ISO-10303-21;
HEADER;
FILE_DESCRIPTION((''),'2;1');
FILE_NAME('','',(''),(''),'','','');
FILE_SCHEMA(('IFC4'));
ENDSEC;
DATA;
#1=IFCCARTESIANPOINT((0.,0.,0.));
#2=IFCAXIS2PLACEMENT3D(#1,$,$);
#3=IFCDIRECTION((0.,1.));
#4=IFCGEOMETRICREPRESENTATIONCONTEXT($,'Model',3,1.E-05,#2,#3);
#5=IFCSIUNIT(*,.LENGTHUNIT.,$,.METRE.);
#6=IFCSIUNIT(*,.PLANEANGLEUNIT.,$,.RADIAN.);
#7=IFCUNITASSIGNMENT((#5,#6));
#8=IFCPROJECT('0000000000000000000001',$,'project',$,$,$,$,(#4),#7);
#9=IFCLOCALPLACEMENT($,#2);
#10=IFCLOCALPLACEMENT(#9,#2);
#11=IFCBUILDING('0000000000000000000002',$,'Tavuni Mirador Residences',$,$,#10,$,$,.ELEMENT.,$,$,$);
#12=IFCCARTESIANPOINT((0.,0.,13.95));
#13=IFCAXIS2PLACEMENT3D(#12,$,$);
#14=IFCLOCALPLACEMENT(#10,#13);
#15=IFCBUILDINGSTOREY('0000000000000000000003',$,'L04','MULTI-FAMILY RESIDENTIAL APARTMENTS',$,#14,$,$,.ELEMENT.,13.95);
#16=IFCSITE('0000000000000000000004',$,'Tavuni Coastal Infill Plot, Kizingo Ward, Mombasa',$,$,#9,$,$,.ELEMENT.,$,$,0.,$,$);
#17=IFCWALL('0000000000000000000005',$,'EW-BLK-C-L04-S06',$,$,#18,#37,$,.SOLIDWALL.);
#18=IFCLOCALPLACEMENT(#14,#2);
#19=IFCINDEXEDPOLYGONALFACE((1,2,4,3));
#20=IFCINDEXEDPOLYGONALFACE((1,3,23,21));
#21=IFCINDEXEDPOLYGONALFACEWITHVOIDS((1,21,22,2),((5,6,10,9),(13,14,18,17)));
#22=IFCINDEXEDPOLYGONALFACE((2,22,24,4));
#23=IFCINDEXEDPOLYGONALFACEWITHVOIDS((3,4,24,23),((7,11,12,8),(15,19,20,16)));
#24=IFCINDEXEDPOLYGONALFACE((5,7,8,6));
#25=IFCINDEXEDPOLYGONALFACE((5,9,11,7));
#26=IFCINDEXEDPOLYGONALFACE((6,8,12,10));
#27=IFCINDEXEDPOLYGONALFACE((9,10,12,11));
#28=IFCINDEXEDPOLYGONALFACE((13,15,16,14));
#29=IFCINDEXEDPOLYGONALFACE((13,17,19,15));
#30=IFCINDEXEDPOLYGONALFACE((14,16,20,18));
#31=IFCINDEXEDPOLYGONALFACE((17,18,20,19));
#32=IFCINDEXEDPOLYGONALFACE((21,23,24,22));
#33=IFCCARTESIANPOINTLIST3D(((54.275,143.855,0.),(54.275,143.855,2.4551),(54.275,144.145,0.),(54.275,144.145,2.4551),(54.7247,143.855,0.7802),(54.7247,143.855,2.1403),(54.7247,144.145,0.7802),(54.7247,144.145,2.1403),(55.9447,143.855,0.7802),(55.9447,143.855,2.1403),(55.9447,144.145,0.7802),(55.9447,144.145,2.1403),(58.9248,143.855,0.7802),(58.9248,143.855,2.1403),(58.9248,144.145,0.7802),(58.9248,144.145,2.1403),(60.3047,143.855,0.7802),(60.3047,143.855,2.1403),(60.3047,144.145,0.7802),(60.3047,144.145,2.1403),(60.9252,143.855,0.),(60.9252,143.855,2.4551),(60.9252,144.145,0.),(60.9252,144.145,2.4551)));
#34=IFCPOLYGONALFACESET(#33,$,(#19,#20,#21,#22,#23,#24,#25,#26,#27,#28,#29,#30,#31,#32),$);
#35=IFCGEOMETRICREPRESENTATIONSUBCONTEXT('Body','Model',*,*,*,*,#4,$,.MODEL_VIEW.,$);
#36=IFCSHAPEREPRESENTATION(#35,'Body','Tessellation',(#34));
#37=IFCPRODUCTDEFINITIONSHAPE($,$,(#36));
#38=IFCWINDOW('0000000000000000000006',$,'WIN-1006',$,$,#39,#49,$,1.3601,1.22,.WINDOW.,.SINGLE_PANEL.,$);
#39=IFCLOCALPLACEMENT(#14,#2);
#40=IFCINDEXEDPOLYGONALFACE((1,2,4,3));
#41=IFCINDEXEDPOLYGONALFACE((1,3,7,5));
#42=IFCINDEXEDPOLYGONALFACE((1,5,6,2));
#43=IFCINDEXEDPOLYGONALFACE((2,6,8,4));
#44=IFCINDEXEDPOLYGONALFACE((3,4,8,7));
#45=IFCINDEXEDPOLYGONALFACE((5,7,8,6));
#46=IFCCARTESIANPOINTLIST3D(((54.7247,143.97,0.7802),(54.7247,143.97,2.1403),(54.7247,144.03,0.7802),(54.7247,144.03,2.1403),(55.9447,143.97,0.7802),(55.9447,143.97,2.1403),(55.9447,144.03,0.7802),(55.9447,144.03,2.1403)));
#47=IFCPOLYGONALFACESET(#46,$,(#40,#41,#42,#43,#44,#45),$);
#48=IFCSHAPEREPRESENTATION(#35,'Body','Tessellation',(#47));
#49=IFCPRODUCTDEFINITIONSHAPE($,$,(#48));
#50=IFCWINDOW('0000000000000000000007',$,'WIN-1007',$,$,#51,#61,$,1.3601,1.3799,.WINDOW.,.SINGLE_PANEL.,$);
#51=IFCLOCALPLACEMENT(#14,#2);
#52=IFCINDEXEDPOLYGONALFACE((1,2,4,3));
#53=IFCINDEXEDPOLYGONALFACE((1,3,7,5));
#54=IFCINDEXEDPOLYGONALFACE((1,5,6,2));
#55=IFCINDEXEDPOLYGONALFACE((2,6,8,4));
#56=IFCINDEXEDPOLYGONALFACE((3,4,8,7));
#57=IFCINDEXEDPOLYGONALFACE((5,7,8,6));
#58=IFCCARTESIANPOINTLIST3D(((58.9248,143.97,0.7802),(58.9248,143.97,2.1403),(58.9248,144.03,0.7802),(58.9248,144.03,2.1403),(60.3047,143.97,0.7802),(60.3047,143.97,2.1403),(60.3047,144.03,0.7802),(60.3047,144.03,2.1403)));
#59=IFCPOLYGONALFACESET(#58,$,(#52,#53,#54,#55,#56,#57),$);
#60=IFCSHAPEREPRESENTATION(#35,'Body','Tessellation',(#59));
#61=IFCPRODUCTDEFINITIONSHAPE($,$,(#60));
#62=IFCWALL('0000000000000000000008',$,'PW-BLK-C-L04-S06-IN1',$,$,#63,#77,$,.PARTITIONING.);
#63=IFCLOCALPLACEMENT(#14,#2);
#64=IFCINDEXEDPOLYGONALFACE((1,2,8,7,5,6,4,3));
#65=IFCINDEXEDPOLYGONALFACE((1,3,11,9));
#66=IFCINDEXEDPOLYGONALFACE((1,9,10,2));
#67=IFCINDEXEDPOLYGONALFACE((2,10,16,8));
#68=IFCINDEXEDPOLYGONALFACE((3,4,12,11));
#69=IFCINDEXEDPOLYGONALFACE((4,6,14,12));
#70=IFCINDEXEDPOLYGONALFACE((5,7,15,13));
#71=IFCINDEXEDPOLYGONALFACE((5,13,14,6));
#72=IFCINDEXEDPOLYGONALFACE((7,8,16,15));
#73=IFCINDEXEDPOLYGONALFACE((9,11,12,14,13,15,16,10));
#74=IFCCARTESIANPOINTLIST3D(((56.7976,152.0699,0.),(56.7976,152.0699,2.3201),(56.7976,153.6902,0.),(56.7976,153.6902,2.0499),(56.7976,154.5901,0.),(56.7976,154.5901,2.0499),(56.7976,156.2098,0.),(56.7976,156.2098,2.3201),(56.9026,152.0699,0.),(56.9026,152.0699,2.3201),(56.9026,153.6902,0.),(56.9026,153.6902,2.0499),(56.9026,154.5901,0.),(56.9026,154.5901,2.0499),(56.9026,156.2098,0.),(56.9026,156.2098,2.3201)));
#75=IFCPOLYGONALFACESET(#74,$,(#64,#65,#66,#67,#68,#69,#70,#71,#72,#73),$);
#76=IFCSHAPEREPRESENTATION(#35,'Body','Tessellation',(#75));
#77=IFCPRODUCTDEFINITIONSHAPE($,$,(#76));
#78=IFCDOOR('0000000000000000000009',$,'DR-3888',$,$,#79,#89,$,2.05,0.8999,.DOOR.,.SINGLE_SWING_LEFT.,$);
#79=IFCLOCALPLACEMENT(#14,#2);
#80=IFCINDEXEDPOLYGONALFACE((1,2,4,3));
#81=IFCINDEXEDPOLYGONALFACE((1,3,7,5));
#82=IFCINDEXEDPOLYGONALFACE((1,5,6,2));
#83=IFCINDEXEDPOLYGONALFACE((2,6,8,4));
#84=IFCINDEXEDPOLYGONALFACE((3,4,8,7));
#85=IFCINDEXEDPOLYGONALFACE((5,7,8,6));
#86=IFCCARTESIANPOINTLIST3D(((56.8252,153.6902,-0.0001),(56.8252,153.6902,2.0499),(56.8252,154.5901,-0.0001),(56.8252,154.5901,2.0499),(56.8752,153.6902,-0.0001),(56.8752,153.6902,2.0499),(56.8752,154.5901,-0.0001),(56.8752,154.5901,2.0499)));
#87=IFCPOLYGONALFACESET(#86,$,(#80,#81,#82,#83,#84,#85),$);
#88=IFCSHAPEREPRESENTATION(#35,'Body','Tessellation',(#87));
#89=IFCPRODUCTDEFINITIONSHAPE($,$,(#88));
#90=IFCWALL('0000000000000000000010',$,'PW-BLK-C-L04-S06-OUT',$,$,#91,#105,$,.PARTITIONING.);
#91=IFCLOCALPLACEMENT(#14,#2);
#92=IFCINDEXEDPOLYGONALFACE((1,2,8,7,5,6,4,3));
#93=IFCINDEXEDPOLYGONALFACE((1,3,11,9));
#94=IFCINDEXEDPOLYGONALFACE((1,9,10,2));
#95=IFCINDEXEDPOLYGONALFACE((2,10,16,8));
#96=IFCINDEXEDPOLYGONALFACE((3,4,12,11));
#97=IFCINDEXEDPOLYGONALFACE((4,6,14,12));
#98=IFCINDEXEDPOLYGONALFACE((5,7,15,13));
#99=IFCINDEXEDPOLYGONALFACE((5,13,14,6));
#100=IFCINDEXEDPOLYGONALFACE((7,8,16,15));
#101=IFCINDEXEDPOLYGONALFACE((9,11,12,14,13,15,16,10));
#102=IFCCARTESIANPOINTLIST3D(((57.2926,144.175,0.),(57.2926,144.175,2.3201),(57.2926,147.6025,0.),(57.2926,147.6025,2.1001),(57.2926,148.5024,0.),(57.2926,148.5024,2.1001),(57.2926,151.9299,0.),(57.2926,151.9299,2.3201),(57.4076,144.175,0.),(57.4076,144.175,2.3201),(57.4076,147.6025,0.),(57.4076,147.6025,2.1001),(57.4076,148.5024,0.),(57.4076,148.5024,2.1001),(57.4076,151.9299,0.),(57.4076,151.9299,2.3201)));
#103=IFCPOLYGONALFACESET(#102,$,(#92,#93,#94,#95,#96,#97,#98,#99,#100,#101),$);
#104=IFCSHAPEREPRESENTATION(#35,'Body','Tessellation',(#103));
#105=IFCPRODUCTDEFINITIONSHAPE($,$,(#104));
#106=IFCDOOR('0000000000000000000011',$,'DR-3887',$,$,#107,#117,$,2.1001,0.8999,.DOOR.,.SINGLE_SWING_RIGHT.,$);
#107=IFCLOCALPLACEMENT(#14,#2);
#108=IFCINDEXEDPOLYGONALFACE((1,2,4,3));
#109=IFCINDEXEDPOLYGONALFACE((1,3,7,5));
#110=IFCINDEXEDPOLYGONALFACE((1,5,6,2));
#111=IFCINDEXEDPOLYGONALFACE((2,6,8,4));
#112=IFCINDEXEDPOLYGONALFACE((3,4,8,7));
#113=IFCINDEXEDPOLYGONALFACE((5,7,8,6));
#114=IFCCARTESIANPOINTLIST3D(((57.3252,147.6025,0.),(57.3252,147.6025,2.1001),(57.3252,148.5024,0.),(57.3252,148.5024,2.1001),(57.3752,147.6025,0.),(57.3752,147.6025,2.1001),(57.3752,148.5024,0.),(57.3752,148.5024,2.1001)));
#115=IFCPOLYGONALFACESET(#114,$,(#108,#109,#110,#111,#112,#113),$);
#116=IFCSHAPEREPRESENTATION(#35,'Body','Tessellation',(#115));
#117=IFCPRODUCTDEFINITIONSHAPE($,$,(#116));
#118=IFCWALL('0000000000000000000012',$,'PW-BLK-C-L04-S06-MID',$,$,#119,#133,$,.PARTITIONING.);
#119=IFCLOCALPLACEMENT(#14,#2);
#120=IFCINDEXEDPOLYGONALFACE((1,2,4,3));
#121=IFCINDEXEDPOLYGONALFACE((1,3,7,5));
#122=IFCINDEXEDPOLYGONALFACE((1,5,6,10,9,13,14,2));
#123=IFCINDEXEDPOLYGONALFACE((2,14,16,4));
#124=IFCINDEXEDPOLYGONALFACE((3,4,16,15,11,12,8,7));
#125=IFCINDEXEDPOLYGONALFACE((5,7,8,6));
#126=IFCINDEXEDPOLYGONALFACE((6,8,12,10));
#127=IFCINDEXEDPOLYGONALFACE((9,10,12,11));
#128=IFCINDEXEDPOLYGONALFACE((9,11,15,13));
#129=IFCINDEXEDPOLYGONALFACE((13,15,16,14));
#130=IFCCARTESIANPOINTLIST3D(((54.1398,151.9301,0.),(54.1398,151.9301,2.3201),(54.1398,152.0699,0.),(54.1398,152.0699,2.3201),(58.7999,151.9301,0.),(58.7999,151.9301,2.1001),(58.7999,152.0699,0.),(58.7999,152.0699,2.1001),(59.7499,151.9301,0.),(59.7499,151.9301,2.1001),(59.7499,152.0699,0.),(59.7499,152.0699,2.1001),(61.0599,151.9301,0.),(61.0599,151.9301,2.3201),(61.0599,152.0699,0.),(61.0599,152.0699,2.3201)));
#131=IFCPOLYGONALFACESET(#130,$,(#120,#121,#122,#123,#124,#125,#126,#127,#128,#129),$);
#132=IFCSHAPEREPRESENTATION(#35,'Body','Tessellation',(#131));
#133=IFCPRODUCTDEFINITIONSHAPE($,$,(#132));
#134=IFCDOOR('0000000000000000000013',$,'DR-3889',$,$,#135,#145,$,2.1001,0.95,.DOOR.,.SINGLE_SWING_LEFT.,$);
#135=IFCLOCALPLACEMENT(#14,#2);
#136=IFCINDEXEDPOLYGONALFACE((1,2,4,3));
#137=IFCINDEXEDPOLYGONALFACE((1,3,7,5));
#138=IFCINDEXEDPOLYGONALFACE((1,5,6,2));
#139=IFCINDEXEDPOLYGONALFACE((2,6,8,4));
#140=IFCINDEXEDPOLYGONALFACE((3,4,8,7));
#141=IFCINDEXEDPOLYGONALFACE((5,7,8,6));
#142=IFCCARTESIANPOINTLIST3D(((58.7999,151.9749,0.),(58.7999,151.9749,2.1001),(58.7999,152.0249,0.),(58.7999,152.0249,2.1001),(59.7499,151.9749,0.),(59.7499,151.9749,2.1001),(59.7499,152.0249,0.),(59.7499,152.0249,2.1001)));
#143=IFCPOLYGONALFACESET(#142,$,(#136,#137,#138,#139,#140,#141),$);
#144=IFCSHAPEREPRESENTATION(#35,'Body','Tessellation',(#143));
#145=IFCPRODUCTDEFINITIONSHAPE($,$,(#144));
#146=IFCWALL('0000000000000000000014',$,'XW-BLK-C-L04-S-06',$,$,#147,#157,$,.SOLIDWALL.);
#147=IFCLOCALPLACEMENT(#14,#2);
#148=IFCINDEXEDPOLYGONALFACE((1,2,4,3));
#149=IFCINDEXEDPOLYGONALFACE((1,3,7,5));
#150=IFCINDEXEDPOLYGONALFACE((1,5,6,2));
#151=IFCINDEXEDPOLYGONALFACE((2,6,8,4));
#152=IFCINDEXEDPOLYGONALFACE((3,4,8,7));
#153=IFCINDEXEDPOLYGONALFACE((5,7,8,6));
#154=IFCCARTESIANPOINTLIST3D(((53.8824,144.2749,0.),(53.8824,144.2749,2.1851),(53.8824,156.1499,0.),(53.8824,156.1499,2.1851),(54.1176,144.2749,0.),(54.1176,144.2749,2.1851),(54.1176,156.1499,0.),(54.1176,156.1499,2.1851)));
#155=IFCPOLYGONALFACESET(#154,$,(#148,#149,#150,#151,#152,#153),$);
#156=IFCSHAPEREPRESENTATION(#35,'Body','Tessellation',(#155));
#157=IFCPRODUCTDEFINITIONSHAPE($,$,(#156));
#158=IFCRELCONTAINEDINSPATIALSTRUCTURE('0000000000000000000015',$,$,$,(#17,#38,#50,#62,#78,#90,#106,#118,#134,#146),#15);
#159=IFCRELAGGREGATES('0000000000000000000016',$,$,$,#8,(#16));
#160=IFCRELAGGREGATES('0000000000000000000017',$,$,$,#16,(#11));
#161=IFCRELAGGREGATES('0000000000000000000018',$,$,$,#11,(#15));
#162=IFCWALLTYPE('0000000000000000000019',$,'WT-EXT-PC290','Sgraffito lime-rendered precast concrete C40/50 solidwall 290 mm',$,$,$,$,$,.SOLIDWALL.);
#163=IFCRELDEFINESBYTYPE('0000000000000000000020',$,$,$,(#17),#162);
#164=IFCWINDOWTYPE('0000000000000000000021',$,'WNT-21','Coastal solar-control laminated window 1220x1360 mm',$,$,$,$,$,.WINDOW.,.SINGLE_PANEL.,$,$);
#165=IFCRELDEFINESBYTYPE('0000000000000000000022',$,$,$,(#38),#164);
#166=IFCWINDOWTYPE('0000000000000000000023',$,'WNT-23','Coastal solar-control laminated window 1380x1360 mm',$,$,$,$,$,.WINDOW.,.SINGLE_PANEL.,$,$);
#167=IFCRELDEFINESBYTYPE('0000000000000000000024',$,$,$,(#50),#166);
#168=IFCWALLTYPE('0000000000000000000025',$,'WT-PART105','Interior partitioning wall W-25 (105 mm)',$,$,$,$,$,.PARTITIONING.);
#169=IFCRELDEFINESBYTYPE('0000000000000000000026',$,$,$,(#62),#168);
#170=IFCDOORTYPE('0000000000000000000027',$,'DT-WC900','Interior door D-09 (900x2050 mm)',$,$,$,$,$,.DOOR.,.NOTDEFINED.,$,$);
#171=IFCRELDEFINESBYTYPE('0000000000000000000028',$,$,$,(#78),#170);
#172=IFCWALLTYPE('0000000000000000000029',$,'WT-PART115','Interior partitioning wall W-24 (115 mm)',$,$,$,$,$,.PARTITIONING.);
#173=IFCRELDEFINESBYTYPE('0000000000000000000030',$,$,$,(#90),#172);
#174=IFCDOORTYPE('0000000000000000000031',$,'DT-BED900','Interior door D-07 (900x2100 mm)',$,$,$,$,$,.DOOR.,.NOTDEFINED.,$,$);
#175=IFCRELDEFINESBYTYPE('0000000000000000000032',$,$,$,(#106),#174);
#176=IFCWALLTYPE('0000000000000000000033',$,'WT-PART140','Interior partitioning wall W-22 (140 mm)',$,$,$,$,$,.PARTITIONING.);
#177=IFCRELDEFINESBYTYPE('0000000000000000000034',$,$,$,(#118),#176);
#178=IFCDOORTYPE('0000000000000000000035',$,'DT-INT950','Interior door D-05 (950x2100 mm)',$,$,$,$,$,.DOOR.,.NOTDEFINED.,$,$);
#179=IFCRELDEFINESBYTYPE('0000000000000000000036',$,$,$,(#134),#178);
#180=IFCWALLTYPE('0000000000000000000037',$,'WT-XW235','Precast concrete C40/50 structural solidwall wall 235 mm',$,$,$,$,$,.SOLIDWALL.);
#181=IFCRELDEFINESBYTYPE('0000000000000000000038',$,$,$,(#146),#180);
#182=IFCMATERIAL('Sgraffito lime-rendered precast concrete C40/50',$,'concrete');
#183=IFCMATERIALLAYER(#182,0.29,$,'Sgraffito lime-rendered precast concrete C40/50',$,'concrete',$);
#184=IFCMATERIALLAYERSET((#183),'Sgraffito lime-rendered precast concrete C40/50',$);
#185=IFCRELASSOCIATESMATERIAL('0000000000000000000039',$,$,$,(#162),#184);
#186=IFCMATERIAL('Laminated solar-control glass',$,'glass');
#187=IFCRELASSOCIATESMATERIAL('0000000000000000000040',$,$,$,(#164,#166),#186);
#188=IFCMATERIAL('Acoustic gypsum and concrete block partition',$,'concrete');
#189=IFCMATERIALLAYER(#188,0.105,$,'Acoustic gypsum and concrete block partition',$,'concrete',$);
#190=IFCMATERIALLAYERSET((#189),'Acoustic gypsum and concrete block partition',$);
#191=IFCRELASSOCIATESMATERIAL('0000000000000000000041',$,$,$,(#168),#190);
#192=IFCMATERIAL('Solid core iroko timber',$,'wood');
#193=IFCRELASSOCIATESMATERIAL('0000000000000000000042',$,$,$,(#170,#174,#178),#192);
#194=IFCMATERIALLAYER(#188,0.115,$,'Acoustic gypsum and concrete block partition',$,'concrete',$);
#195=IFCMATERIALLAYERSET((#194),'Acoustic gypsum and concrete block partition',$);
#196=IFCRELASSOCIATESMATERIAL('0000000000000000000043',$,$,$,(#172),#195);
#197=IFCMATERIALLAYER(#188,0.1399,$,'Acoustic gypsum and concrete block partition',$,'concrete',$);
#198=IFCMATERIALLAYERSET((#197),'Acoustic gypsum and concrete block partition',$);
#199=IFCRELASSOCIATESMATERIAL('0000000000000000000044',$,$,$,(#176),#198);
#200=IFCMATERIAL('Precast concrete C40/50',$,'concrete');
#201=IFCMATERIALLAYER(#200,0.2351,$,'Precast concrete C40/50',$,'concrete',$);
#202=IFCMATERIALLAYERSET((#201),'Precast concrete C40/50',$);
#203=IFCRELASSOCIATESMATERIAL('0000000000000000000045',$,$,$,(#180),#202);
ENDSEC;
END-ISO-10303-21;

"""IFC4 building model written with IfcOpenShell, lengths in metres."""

from ifc_helpers import new_model, si_unit, direction, frame, frame_2d, origin, place, context, subcontext, project, spatial, rectangle, extrude, material, layer, layer_set, type_object, element, fill, save


model = new_model("IFC4")

# Units and contexts
model_context = context("Model", 3, precision=1e-05, world=origin(), true_north=direction((0.0, 1.0)))
body_context = subcontext(model_context, "Body", "Model", "MODEL_VIEW")
ifc_project = project(units=[si_unit("LENGTHUNIT", "METRE"), si_unit("PLANEANGLEUNIT", "RADIAN")], contexts=[model_context])

# Site, building, storey
site_placement = place(None, origin())
site = spatial("IfcSite", under=ifc_project, at=site_placement, Name="Tavuni Coastal Infill Plot, Kizingo Ward, Mombasa", CompositionType="ELEMENT", RefElevation=0.0)
building_placement = place(site_placement, origin())
building = spatial("IfcBuilding", under=site, at=building_placement, Name="Tavuni Mirador Residences", CompositionType="ELEMENT")
storey_placement = place(building_placement, frame((0.0, 0.0, 13.95)))
storey = spatial("IfcBuildingStorey", under=building, at=storey_placement, Name="L04", Description="MULTI-FAMILY RESIDENTIAL APARTMENTS", CompositionType="ELEMENT", Elevation=13.95)

# Shared definitions
ifc_material_1 = material(Name="Precast concrete C40/50", Category="concrete")

# Shared definitions
ifc_material_2 = material(Name="Solid core iroko timber", Category="wood")

# Wall, openings, windows
ifc_material_3 = material(Name="Sgraffito lime-rendered precast concrete C40/50", Category="concrete")
ifc_layer_1 = layer(ifc_material_3, 0.29, Name="Sgraffito lime-rendered precast concrete C40/50", Category="concrete")
ifc_layer_set_1 = layer_set([ifc_layer_1], Name="Sgraffito lime-rendered precast concrete C40/50")
wall_type_1 = type_object("IfcWallType", Name="WT-EXT-PC290", Description="Sgraffito lime-rendered precast concrete C40/50 solidwall 290 mm", PredefinedType="SOLIDWALL", material=ifc_layer_set_1)
wall_1_placement = place(storey_placement, frame((54.2749, 144.0, 0.0), z_axis=(0.0, 0.0, 1.0), x_axis=(1.0, 0.0, 0.0)))
wall_1 = element("IfcWall", 1, at=wall_1_placement, inside=storey, type_object=wall_type_1, Name="EW-BLK-C-L04-S06", PredefinedType="SOLIDWALL", context=body_context, shape_type="SweptSolid", body=[
    extrude(rectangle(XDim=6.6501, YDim=0.29, at=frame_2d((3.3252, 0.0))), origin(), (0.0, 0.0, 1.0), 2.4551),
])
opening_1_placement = place(wall_1_placement, frame((0.45, 0.0, 0.78)))
opening_1 = element("IfcOpeningElement", 2, at=opening_1_placement, cuts=wall_1, PredefinedType="OPENING", context=body_context, shape_type="SweptSolid", body=[
    extrude(rectangle(XDim=1.22, YDim=1.3601, at=frame_2d((0.6099, 0.6802))), frame((0.0, 0.155, 0.0), z_axis=(0.0, -1.0, 0.0), x_axis=(1.0, 0.0, 0.0)), (0.0, 0.0, 1.0), 0.3101),
])
opening_2_placement = place(wall_1_placement, frame((4.6499, 0.0, 0.78)))
opening_2 = element("IfcOpeningElement", 3, at=opening_2_placement, cuts=wall_1, PredefinedType="OPENING", context=body_context, shape_type="SweptSolid", body=[
    extrude(rectangle(XDim=1.3799, YDim=1.3601, at=frame_2d((0.6899, 0.6802))), frame((0.0, 0.155, 0.0), z_axis=(0.0, -1.0, 0.0), x_axis=(1.0, 0.0, 0.0)), (0.0, 0.0, 1.0), 0.3101),
])
ifc_material_4 = material(Name="Laminated solar-control glass", Category="glass")
window_type_1 = type_object("IfcWindowType", Name="WNT-21", Description="Coastal solar-control laminated window 1220x1360 mm", PartitioningType="SINGLE_PANEL", PredefinedType="WINDOW", material=ifc_material_4)
window_1_placement = place(opening_1_placement, origin())
window_1 = element("IfcWindow", 4, at=window_1_placement, inside=storey, type_object=window_type_1, Name="WIN-1006", OverallHeight=1.3601, OverallWidth=1.22, PartitioningType="SINGLE_PANEL", PredefinedType="WINDOW", context=body_context, shape_type="SweptSolid", body=[
    extrude(rectangle(XDim=1.22, YDim=1.3601, at=frame_2d((0.6099, 0.6802))), frame((0.0, 0.03, 0.0), z_axis=(0.0, -1.0, 0.0), x_axis=(1.0, 0.0, 0.0)), (0.0, 0.0, 1.0), 0.0601),
])
fill(opening_1, window_1)
window_type_2 = type_object("IfcWindowType", Name="WNT-23", Description="Coastal solar-control laminated window 1380x1360 mm", PartitioningType="SINGLE_PANEL", PredefinedType="WINDOW", material=ifc_material_4)
window_2_placement = place(opening_2_placement, origin())
window_2 = element("IfcWindow", 5, at=window_2_placement, inside=storey, type_object=window_type_2, Name="WIN-1007", OverallHeight=1.3601, OverallWidth=1.3799, PartitioningType="SINGLE_PANEL", PredefinedType="WINDOW", context=body_context, shape_type="SweptSolid", body=[
    extrude(rectangle(XDim=1.3799, YDim=1.3601, at=frame_2d((0.6899, 0.6802))), frame((0.0, 0.03, 0.0), z_axis=(0.0, -1.0, 0.0), x_axis=(1.0, 0.0, 0.0)), (0.0, 0.0, 1.0), 0.0601),
])
fill(opening_2, window_2)

# Walls, openings, doors
ifc_material_5 = material(Name="Acoustic gypsum and concrete block partition", Category="concrete")
ifc_layer_2 = layer(ifc_material_5, 0.105, Name="Acoustic gypsum and concrete block partition", Category="concrete")
ifc_layer_set_2 = layer_set([ifc_layer_2], Name="Acoustic gypsum and concrete block partition")
wall_type_2 = type_object("IfcWallType", Name="WT-PART105", Description="Interior partitioning wall W-25 (105 mm)", PredefinedType="PARTITIONING", material=ifc_layer_set_2)
wall_2_placement = place(storey_placement, frame((56.8501, 152.0701, 0.0), z_axis=(0.0, 0.0, 1.0), x_axis=(0.0, 1.0, 0.0)))
wall_2 = element("IfcWall", 6, at=wall_2_placement, inside=storey, type_object=wall_type_2, Name="PW-BLK-C-L04-S06-IN1", PredefinedType="PARTITIONING", context=body_context, shape_type="SweptSolid", body=[
    extrude(rectangle(XDim=4.1399, YDim=0.105, at=frame_2d((2.0698, 0.0))), origin(), (0.0, 0.0, 1.0), 2.3201),
])
opening_3_placement = place(wall_2_placement, frame((1.6201, 0.0, 0.0)))
opening_3 = element("IfcOpeningElement", 7, at=opening_3_placement, cuts=wall_2, PredefinedType="OPENING", context=body_context, shape_type="SweptSolid", body=[
    extrude(rectangle(XDim=0.8999, YDim=2.05, at=frame_2d((0.45, 1.0249))), frame((0.0, 0.0625, 0.0), z_axis=(0.0, -1.0, 0.0), x_axis=(1.0, 0.0, 0.0)), (0.0, 0.0, 1.0), 0.125),
])
door_type_1 = type_object("IfcDoorType", Name="DT-WC900", Description="Interior door D-09 (900x2050 mm)", OperationType="NOTDEFINED", PredefinedType="DOOR", material=ifc_material_2)
door_1_placement = place(opening_3_placement, origin())
door_1 = element("IfcDoor", 8, at=door_1_placement, inside=storey, type_object=door_type_1, Name="DR-3888", OperationType="SINGLE_SWING_LEFT", OverallHeight=2.05, OverallWidth=0.8999, PredefinedType="DOOR", context=body_context, shape_type="SweptSolid", body=[
    extrude(rectangle(XDim=0.8999, YDim=2.05, at=frame_2d((0.45, 1.0249))), frame((0.0, 0.0249, 0.0), z_axis=(0.0, -1.0, 0.0), x_axis=(1.0, 0.0, 0.0)), (0.0, 0.0, 1.0), 0.05),
])
fill(opening_3, door_1)
ifc_layer_3 = layer(ifc_material_5, 0.115, Name="Acoustic gypsum and concrete block partition", Category="concrete")
ifc_layer_set_3 = layer_set([ifc_layer_3], Name="Acoustic gypsum and concrete block partition")
wall_type_3 = type_object("IfcWallType", Name="WT-PART115", Description="Interior partitioning wall W-24 (115 mm)", PredefinedType="PARTITIONING", material=ifc_layer_set_3)
wall_3_placement = place(storey_placement, frame((57.3501, 144.175, 0.0), z_axis=(0.0, 0.0, 1.0), x_axis=(0.0, 1.0, 0.0)))
wall_3 = element("IfcWall", 9, at=wall_3_placement, inside=storey, type_object=wall_type_3, Name="PW-BLK-C-L04-S06-OUT", PredefinedType="PARTITIONING", context=body_context, shape_type="SweptSolid", body=[
    extrude(rectangle(XDim=7.7549, YDim=0.115, at=frame_2d((3.8774, 0.0))), origin(), (0.0, 0.0, 1.0), 2.3201),
])
opening_4_placement = place(wall_3_placement, frame((3.4275, 0.0, 0.0)))
opening_4 = element("IfcOpeningElement", 10, at=opening_4_placement, cuts=wall_3, PredefinedType="OPENING", context=body_context, shape_type="SweptSolid", body=[
    extrude(rectangle(XDim=0.8999, YDim=2.1001, at=frame_2d((0.45, 1.05))), frame((0.0, 0.0674, 0.0), z_axis=(0.0, -1.0, 0.0), x_axis=(1.0, 0.0, 0.0)), (0.0, 0.0, 1.0), 0.135),
])
door_type_2 = type_object("IfcDoorType", Name="DT-BED900", Description="Interior door D-07 (900x2100 mm)", OperationType="NOTDEFINED", PredefinedType="DOOR", material=ifc_material_2)
door_2_placement = place(opening_4_placement, origin())
door_2 = element("IfcDoor", 11, at=door_2_placement, inside=storey, type_object=door_type_2, Name="DR-3887", OperationType="SINGLE_SWING_RIGHT", OverallHeight=2.1001, OverallWidth=0.8999, PredefinedType="DOOR", context=body_context, shape_type="SweptSolid", body=[
    extrude(rectangle(XDim=0.8999, YDim=2.1001, at=frame_2d((0.45, 1.05))), frame((0.0, 0.0249, 0.0), z_axis=(0.0, -1.0, 0.0), x_axis=(1.0, 0.0, 0.0)), (0.0, 0.0, 1.0), 0.05),
])
fill(opening_4, door_2)
ifc_layer_4 = layer(ifc_material_5, 0.1399, Name="Acoustic gypsum and concrete block partition", Category="concrete")
ifc_layer_set_4 = layer_set([ifc_layer_4], Name="Acoustic gypsum and concrete block partition")
wall_type_4 = type_object("IfcWallType", Name="WT-PART140", Description="Interior partitioning wall W-22 (140 mm)", PredefinedType="PARTITIONING", material=ifc_layer_set_4)
wall_4_placement = place(storey_placement, frame((54.1399, 152.0, 0.0), z_axis=(0.0, 0.0, 1.0), x_axis=(1.0, 0.0, 0.0)))
wall_4 = element("IfcWall", 12, at=wall_4_placement, inside=storey, type_object=wall_type_4, Name="PW-BLK-C-L04-S06-MID", PredefinedType="PARTITIONING", context=body_context, shape_type="SweptSolid", body=[
    extrude(rectangle(XDim=6.9202, YDim=0.1399, at=frame_2d((3.46, 0.0))), origin(), (0.0, 0.0, 1.0), 2.3201),
])
opening_5_placement = place(wall_4_placement, frame((4.6599, 0.0, 0.0)))
opening_5 = element("IfcOpeningElement", 13, at=opening_5_placement, cuts=wall_4, PredefinedType="OPENING", context=body_context, shape_type="SweptSolid", body=[
    extrude(rectangle(XDim=0.95, YDim=2.1001, at=frame_2d((0.4751, 1.05))), frame((0.0, 0.0801, 0.0), z_axis=(0.0, -1.0, 0.0), x_axis=(1.0, 0.0, 0.0)), (0.0, 0.0, 1.0), 0.1599),
])
door_type_3 = type_object("IfcDoorType", Name="DT-INT950", Description="Interior door D-05 (950x2100 mm)", OperationType="NOTDEFINED", PredefinedType="DOOR", material=ifc_material_2)
door_3_placement = place(opening_5_placement, origin())
door_3 = element("IfcDoor", 14, at=door_3_placement, inside=storey, type_object=door_type_3, Name="DR-3889", OperationType="SINGLE_SWING_LEFT", OverallHeight=2.1001, OverallWidth=0.95, PredefinedType="DOOR", context=body_context, shape_type="SweptSolid", body=[
    extrude(rectangle(XDim=0.95, YDim=2.1001, at=frame_2d((0.4751, 1.05))), frame((0.0, 0.0249, 0.0), z_axis=(0.0, -1.0, 0.0), x_axis=(1.0, 0.0, 0.0)), (0.0, 0.0, 1.0), 0.05),
])
fill(opening_5, door_3)

# Wall
ifc_layer_5 = layer(ifc_material_1, 0.2351, Name="Precast concrete C40/50", Category="concrete")
ifc_layer_set_5 = layer_set([ifc_layer_5], Name="Precast concrete C40/50")
wall_type_5 = type_object("IfcWallType", Name="WT-XW235", Description="Precast concrete C40/50 structural solidwall wall 235 mm", PredefinedType="SOLIDWALL", material=ifc_layer_set_5)
for number, where, z_axis, x_axis, name in (
    (15, (54.0, 144.2749, 0.0), (0.0, 0.0, 1.0), (0.0, 1.0, 0.0), "XW-BLK-C-L04-S-06"),
):
    element("IfcWall", number, at=place(storey_placement, frame(where, z_axis=z_axis, x_axis=x_axis)), inside=storey, type_object=wall_type_5, Name=name, PredefinedType="SOLIDWALL", context=body_context, shape_type="SweptSolid", body=[
        extrude(rectangle(XDim=11.875, YDim=0.2351, at=frame_2d((5.9375, 0.0))), origin(), (0.0, 0.0, 1.0), 2.1851),
    ])

save(model, "model.ifc")
